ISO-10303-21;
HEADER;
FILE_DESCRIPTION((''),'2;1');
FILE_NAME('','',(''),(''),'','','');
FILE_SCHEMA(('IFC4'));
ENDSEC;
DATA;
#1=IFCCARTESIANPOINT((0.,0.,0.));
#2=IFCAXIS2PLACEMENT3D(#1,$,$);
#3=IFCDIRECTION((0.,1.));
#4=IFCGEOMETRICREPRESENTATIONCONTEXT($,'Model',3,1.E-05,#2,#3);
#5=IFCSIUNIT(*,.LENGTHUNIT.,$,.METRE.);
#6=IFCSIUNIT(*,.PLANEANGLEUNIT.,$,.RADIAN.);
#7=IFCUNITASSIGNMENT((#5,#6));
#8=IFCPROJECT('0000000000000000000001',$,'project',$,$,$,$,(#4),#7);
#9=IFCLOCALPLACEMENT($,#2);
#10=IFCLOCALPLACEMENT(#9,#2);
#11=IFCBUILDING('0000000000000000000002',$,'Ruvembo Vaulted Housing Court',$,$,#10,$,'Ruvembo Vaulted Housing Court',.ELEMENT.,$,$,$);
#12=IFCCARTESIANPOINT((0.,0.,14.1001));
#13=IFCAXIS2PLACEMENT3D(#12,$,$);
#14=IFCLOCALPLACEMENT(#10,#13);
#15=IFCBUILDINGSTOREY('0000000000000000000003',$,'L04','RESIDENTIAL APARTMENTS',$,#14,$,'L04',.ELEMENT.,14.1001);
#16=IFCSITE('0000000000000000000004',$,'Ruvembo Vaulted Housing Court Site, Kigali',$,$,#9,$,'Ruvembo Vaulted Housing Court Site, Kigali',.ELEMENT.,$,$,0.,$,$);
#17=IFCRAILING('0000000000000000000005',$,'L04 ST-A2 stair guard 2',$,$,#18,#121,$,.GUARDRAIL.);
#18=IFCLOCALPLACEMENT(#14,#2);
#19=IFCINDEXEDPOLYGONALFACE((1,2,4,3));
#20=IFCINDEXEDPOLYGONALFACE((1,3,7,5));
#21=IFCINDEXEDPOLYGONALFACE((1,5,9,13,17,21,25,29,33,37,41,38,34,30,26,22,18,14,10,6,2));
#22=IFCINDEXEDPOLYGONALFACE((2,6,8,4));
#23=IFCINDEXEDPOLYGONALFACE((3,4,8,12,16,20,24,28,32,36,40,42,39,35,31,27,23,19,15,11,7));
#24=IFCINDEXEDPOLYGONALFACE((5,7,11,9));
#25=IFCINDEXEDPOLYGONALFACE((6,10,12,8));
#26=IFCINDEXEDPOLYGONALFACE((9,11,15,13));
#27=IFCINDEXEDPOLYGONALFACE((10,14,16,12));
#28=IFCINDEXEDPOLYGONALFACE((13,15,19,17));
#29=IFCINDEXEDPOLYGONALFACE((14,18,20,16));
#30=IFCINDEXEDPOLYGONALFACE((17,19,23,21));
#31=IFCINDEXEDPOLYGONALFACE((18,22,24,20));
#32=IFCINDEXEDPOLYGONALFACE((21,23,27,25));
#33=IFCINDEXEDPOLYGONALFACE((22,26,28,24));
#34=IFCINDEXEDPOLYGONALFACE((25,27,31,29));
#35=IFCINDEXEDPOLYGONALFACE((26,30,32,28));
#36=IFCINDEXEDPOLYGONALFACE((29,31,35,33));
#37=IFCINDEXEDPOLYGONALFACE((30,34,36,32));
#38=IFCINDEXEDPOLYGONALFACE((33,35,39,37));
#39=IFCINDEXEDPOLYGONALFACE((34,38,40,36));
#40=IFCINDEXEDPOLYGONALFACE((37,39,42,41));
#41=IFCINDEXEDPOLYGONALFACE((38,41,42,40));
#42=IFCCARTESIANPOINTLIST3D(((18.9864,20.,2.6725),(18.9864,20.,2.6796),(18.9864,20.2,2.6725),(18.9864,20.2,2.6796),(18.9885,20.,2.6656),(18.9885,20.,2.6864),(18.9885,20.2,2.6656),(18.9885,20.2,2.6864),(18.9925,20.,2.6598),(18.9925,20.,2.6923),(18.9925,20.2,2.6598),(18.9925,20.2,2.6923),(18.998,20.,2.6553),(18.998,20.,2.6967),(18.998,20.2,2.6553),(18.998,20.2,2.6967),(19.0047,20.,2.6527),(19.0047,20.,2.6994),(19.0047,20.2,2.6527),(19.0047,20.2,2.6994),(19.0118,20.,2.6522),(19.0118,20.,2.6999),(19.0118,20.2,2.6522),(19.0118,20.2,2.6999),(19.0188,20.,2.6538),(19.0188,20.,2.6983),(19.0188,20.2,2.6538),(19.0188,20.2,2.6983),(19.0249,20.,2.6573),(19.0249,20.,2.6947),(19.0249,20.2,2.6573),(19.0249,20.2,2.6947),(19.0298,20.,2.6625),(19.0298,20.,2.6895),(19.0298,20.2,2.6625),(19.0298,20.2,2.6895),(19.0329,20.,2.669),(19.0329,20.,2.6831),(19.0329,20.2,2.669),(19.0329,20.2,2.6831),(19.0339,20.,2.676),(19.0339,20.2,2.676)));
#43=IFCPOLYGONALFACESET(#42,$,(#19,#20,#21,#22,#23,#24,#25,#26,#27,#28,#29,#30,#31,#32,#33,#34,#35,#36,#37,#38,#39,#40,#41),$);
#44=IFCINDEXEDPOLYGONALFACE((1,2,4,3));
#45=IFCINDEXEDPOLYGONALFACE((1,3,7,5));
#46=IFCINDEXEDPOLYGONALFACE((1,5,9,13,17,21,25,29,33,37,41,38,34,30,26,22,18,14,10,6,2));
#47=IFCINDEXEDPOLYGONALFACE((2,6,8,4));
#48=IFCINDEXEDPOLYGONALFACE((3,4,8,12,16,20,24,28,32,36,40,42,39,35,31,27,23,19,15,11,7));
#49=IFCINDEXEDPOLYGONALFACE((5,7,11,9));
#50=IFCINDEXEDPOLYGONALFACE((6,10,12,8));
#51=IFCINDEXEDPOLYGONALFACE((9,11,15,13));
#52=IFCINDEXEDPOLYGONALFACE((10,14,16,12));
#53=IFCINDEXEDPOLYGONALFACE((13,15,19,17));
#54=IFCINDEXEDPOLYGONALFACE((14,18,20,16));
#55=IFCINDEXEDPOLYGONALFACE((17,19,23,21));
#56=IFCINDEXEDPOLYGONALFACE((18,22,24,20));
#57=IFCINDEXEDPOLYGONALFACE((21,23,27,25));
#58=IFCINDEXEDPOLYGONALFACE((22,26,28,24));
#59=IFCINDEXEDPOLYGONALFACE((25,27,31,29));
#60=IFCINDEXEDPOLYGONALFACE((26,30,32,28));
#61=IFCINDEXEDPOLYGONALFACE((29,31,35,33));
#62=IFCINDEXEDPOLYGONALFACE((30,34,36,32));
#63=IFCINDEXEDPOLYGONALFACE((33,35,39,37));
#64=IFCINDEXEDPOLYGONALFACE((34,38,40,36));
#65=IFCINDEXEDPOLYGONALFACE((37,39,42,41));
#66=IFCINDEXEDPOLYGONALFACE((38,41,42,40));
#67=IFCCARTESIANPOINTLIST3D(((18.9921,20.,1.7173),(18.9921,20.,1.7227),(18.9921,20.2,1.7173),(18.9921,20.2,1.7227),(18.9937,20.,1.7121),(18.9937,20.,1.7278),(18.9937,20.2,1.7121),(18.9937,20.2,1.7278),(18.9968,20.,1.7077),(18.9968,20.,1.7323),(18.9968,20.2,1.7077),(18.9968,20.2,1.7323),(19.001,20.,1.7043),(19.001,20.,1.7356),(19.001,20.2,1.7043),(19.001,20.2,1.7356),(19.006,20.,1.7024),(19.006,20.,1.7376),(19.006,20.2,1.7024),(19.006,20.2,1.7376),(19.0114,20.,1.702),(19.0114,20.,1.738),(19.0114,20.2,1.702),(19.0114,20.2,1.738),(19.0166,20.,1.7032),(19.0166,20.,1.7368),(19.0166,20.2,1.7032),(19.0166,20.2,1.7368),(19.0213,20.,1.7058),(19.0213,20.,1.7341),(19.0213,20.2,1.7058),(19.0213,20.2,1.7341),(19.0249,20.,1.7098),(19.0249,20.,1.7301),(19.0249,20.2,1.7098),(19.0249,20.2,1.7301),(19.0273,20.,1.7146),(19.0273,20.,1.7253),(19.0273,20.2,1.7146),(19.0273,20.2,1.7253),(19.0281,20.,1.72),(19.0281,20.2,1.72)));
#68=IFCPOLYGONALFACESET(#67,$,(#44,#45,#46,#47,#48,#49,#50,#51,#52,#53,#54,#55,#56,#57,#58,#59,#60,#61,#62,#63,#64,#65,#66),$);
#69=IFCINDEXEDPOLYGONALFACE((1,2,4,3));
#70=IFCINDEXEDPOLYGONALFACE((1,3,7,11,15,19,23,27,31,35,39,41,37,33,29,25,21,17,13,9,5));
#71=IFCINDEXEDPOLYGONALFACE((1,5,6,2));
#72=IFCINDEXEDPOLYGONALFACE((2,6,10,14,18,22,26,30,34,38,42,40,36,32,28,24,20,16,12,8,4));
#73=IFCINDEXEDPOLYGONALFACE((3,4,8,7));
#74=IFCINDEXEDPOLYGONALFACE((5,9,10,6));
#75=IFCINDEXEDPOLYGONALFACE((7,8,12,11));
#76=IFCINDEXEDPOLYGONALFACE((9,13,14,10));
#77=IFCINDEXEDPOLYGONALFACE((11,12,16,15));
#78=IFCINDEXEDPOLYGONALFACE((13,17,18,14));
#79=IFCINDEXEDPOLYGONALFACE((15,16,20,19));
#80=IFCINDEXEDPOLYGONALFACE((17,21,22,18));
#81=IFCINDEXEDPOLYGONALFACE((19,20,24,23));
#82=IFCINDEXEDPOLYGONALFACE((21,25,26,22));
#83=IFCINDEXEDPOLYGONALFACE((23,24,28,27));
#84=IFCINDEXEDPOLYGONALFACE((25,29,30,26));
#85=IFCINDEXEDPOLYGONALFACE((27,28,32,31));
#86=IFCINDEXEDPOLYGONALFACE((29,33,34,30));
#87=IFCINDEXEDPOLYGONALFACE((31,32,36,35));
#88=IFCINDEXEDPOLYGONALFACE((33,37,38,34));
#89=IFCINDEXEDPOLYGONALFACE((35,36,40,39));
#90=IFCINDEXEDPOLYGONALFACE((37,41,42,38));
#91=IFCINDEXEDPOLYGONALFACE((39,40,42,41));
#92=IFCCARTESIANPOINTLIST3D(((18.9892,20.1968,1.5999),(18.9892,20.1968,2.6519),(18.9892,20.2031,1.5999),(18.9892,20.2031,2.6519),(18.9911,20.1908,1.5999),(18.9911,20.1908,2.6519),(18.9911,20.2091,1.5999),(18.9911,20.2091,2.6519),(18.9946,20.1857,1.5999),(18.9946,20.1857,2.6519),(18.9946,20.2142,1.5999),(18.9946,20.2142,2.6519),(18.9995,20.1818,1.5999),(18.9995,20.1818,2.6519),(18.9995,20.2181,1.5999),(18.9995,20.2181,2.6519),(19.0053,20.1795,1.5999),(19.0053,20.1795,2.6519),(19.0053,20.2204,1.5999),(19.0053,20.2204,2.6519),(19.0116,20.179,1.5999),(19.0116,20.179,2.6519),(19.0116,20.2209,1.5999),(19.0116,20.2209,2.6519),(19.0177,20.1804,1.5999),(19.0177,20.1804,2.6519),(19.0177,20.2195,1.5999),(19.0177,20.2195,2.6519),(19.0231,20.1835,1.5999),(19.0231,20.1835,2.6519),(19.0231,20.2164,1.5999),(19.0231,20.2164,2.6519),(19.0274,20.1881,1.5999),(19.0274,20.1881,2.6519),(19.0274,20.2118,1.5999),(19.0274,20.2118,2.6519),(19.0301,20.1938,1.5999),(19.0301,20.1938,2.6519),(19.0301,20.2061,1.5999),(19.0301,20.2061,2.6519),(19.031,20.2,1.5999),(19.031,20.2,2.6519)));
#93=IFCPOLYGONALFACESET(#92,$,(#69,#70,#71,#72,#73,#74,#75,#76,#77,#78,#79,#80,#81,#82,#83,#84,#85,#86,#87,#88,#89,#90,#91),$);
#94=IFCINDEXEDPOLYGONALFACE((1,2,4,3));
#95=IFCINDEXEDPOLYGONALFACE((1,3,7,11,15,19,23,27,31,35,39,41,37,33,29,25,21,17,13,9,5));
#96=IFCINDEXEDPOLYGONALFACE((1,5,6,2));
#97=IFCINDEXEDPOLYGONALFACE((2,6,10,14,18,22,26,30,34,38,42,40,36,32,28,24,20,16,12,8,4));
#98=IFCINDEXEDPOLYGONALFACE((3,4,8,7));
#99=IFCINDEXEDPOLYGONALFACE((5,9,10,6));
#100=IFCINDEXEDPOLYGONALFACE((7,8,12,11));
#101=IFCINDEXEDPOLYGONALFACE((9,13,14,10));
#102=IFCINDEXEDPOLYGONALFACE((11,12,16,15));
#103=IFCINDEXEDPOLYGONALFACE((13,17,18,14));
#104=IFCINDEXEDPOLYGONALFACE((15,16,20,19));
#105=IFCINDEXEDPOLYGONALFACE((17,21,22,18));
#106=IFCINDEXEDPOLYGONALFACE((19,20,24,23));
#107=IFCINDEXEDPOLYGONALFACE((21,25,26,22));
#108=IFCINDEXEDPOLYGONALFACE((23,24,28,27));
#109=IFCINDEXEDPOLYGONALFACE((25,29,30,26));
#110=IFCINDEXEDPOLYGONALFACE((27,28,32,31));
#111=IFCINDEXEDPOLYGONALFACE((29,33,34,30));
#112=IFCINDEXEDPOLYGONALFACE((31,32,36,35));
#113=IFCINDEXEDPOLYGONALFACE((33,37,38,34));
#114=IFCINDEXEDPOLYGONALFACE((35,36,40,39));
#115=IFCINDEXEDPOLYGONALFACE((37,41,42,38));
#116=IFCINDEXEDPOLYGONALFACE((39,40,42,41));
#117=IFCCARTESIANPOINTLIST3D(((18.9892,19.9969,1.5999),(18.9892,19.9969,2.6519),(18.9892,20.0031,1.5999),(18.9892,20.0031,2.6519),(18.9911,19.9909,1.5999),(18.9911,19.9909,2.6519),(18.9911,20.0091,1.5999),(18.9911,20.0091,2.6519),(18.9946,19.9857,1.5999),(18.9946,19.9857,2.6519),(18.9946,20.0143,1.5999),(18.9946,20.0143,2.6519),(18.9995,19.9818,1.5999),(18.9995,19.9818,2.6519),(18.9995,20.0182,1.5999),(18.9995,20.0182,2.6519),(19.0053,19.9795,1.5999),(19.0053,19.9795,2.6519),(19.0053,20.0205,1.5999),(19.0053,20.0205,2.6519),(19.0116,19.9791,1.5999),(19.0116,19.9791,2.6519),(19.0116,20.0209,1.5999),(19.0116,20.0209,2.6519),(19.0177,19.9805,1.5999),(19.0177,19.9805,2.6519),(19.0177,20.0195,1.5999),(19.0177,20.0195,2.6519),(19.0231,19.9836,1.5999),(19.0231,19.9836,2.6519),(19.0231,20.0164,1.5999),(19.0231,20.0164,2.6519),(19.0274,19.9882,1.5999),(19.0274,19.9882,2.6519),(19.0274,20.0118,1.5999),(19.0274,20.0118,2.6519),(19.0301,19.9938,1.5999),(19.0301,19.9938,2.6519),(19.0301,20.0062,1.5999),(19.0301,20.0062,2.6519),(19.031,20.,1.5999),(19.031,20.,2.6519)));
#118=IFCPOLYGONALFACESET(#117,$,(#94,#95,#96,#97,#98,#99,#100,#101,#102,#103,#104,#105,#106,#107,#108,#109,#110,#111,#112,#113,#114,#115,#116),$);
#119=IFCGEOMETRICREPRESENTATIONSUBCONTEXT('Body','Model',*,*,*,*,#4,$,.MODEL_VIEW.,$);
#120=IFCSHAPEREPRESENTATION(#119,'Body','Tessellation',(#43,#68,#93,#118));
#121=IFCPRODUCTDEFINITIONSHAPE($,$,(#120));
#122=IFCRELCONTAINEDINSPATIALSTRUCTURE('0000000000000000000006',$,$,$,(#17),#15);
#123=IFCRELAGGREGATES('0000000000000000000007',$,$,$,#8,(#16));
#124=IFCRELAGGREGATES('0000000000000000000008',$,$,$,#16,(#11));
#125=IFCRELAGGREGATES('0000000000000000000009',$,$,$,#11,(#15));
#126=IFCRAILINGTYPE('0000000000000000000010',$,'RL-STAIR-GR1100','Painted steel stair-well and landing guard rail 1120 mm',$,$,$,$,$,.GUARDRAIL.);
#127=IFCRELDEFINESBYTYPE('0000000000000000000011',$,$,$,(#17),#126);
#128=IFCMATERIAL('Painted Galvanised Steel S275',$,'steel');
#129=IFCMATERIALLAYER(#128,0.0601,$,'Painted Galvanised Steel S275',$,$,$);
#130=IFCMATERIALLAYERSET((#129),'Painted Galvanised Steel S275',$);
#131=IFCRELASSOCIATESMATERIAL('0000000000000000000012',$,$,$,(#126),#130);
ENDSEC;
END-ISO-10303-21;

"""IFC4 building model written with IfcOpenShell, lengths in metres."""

from ifc_helpers import new_model, si_unit, direction, frame, origin, origin_2d, place, context, subcontext, project, spatial, circle, extrude, material, layer, layer_set, type_object, element, save


model = new_model("IFC4")

# Units and contexts
model_context = context("Model", 3, precision=1e-05, world=origin(), true_north=direction((0.0, 1.0)))
body_context = subcontext(model_context, "Body", "Model", "MODEL_VIEW")
ifc_project = project(units=[si_unit("LENGTHUNIT", "METRE"), si_unit("PLANEANGLEUNIT", "RADIAN")], contexts=[model_context])

# Site, building, storey
site_placement = place(None, origin())
site = spatial("IfcSite", under=ifc_project, at=site_placement, Name="Ruvembo Vaulted Housing Court Site, Kigali", LongName="Ruvembo Vaulted Housing Court Site, Kigali", CompositionType="ELEMENT", RefElevation=0.0)
building_placement = place(site_placement, origin())
building = spatial("IfcBuilding", under=site, at=building_placement, Name="Ruvembo Vaulted Housing Court", LongName="Ruvembo Vaulted Housing Court", CompositionType="ELEMENT")
storey_placement = place(building_placement, frame((0.0, 0.0, 14.1001)))
storey = spatial("IfcBuildingStorey", under=building, at=storey_placement, Name="L04", Description="RESIDENTIAL APARTMENTS", LongName="L04", CompositionType="ELEMENT", Elevation=14.1001)

# Railing
ifc_material_1 = material(Name="Painted Galvanised Steel S275", Category="steel")
ifc_layer_1 = layer(ifc_material_1, 0.0601, Name="Painted Galvanised Steel S275")
ifc_layer_set_1 = layer_set([ifc_layer_1], Name="Painted Galvanised Steel S275")
railing_type_1 = type_object("IfcRailingType", Name="RL-STAIR-GR1100", Description="Painted steel stair-well and landing guard rail 1120 mm", PredefinedType="GUARDRAIL", material=ifc_layer_set_1)
railing_1_placement = place(storey_placement, frame((19.01, 20.2, 1.5999)))
element("IfcRailing", 1, at=railing_1_placement, inside=storey, type_object=railing_type_1, Name="L04 ST-A2 stair guard 2", PredefinedType="GUARDRAIL", context=body_context, shape_type="SweptSolid", body=[
    extrude(circle(Radius=0.0239, at=origin_2d()), frame((0.0, 0.0, 1.0762), z_axis=(0.0, -1.0, 0.0), x_axis=(1.0, 0.0, 0.0)), (0.0, 0.0, 1.0), 0.2),
    extrude(circle(Radius=0.0181, at=origin_2d()), frame((0.0, 0.0, 0.1201), z_axis=(0.0, -1.0, 0.0), x_axis=(1.0, 0.0, 0.0)), (0.0, 0.0, 1.0), 0.2),
    extrude(circle(Radius=0.021, at=origin_2d()), origin(), (0.0, 0.0, 1.0), 1.052),
    extrude(circle(Radius=0.021, at=origin_2d()), frame((0.0, -0.2, 0.0)), (0.0, 0.0, 1.0), 1.052),
])

save(model, "model.ifc")
